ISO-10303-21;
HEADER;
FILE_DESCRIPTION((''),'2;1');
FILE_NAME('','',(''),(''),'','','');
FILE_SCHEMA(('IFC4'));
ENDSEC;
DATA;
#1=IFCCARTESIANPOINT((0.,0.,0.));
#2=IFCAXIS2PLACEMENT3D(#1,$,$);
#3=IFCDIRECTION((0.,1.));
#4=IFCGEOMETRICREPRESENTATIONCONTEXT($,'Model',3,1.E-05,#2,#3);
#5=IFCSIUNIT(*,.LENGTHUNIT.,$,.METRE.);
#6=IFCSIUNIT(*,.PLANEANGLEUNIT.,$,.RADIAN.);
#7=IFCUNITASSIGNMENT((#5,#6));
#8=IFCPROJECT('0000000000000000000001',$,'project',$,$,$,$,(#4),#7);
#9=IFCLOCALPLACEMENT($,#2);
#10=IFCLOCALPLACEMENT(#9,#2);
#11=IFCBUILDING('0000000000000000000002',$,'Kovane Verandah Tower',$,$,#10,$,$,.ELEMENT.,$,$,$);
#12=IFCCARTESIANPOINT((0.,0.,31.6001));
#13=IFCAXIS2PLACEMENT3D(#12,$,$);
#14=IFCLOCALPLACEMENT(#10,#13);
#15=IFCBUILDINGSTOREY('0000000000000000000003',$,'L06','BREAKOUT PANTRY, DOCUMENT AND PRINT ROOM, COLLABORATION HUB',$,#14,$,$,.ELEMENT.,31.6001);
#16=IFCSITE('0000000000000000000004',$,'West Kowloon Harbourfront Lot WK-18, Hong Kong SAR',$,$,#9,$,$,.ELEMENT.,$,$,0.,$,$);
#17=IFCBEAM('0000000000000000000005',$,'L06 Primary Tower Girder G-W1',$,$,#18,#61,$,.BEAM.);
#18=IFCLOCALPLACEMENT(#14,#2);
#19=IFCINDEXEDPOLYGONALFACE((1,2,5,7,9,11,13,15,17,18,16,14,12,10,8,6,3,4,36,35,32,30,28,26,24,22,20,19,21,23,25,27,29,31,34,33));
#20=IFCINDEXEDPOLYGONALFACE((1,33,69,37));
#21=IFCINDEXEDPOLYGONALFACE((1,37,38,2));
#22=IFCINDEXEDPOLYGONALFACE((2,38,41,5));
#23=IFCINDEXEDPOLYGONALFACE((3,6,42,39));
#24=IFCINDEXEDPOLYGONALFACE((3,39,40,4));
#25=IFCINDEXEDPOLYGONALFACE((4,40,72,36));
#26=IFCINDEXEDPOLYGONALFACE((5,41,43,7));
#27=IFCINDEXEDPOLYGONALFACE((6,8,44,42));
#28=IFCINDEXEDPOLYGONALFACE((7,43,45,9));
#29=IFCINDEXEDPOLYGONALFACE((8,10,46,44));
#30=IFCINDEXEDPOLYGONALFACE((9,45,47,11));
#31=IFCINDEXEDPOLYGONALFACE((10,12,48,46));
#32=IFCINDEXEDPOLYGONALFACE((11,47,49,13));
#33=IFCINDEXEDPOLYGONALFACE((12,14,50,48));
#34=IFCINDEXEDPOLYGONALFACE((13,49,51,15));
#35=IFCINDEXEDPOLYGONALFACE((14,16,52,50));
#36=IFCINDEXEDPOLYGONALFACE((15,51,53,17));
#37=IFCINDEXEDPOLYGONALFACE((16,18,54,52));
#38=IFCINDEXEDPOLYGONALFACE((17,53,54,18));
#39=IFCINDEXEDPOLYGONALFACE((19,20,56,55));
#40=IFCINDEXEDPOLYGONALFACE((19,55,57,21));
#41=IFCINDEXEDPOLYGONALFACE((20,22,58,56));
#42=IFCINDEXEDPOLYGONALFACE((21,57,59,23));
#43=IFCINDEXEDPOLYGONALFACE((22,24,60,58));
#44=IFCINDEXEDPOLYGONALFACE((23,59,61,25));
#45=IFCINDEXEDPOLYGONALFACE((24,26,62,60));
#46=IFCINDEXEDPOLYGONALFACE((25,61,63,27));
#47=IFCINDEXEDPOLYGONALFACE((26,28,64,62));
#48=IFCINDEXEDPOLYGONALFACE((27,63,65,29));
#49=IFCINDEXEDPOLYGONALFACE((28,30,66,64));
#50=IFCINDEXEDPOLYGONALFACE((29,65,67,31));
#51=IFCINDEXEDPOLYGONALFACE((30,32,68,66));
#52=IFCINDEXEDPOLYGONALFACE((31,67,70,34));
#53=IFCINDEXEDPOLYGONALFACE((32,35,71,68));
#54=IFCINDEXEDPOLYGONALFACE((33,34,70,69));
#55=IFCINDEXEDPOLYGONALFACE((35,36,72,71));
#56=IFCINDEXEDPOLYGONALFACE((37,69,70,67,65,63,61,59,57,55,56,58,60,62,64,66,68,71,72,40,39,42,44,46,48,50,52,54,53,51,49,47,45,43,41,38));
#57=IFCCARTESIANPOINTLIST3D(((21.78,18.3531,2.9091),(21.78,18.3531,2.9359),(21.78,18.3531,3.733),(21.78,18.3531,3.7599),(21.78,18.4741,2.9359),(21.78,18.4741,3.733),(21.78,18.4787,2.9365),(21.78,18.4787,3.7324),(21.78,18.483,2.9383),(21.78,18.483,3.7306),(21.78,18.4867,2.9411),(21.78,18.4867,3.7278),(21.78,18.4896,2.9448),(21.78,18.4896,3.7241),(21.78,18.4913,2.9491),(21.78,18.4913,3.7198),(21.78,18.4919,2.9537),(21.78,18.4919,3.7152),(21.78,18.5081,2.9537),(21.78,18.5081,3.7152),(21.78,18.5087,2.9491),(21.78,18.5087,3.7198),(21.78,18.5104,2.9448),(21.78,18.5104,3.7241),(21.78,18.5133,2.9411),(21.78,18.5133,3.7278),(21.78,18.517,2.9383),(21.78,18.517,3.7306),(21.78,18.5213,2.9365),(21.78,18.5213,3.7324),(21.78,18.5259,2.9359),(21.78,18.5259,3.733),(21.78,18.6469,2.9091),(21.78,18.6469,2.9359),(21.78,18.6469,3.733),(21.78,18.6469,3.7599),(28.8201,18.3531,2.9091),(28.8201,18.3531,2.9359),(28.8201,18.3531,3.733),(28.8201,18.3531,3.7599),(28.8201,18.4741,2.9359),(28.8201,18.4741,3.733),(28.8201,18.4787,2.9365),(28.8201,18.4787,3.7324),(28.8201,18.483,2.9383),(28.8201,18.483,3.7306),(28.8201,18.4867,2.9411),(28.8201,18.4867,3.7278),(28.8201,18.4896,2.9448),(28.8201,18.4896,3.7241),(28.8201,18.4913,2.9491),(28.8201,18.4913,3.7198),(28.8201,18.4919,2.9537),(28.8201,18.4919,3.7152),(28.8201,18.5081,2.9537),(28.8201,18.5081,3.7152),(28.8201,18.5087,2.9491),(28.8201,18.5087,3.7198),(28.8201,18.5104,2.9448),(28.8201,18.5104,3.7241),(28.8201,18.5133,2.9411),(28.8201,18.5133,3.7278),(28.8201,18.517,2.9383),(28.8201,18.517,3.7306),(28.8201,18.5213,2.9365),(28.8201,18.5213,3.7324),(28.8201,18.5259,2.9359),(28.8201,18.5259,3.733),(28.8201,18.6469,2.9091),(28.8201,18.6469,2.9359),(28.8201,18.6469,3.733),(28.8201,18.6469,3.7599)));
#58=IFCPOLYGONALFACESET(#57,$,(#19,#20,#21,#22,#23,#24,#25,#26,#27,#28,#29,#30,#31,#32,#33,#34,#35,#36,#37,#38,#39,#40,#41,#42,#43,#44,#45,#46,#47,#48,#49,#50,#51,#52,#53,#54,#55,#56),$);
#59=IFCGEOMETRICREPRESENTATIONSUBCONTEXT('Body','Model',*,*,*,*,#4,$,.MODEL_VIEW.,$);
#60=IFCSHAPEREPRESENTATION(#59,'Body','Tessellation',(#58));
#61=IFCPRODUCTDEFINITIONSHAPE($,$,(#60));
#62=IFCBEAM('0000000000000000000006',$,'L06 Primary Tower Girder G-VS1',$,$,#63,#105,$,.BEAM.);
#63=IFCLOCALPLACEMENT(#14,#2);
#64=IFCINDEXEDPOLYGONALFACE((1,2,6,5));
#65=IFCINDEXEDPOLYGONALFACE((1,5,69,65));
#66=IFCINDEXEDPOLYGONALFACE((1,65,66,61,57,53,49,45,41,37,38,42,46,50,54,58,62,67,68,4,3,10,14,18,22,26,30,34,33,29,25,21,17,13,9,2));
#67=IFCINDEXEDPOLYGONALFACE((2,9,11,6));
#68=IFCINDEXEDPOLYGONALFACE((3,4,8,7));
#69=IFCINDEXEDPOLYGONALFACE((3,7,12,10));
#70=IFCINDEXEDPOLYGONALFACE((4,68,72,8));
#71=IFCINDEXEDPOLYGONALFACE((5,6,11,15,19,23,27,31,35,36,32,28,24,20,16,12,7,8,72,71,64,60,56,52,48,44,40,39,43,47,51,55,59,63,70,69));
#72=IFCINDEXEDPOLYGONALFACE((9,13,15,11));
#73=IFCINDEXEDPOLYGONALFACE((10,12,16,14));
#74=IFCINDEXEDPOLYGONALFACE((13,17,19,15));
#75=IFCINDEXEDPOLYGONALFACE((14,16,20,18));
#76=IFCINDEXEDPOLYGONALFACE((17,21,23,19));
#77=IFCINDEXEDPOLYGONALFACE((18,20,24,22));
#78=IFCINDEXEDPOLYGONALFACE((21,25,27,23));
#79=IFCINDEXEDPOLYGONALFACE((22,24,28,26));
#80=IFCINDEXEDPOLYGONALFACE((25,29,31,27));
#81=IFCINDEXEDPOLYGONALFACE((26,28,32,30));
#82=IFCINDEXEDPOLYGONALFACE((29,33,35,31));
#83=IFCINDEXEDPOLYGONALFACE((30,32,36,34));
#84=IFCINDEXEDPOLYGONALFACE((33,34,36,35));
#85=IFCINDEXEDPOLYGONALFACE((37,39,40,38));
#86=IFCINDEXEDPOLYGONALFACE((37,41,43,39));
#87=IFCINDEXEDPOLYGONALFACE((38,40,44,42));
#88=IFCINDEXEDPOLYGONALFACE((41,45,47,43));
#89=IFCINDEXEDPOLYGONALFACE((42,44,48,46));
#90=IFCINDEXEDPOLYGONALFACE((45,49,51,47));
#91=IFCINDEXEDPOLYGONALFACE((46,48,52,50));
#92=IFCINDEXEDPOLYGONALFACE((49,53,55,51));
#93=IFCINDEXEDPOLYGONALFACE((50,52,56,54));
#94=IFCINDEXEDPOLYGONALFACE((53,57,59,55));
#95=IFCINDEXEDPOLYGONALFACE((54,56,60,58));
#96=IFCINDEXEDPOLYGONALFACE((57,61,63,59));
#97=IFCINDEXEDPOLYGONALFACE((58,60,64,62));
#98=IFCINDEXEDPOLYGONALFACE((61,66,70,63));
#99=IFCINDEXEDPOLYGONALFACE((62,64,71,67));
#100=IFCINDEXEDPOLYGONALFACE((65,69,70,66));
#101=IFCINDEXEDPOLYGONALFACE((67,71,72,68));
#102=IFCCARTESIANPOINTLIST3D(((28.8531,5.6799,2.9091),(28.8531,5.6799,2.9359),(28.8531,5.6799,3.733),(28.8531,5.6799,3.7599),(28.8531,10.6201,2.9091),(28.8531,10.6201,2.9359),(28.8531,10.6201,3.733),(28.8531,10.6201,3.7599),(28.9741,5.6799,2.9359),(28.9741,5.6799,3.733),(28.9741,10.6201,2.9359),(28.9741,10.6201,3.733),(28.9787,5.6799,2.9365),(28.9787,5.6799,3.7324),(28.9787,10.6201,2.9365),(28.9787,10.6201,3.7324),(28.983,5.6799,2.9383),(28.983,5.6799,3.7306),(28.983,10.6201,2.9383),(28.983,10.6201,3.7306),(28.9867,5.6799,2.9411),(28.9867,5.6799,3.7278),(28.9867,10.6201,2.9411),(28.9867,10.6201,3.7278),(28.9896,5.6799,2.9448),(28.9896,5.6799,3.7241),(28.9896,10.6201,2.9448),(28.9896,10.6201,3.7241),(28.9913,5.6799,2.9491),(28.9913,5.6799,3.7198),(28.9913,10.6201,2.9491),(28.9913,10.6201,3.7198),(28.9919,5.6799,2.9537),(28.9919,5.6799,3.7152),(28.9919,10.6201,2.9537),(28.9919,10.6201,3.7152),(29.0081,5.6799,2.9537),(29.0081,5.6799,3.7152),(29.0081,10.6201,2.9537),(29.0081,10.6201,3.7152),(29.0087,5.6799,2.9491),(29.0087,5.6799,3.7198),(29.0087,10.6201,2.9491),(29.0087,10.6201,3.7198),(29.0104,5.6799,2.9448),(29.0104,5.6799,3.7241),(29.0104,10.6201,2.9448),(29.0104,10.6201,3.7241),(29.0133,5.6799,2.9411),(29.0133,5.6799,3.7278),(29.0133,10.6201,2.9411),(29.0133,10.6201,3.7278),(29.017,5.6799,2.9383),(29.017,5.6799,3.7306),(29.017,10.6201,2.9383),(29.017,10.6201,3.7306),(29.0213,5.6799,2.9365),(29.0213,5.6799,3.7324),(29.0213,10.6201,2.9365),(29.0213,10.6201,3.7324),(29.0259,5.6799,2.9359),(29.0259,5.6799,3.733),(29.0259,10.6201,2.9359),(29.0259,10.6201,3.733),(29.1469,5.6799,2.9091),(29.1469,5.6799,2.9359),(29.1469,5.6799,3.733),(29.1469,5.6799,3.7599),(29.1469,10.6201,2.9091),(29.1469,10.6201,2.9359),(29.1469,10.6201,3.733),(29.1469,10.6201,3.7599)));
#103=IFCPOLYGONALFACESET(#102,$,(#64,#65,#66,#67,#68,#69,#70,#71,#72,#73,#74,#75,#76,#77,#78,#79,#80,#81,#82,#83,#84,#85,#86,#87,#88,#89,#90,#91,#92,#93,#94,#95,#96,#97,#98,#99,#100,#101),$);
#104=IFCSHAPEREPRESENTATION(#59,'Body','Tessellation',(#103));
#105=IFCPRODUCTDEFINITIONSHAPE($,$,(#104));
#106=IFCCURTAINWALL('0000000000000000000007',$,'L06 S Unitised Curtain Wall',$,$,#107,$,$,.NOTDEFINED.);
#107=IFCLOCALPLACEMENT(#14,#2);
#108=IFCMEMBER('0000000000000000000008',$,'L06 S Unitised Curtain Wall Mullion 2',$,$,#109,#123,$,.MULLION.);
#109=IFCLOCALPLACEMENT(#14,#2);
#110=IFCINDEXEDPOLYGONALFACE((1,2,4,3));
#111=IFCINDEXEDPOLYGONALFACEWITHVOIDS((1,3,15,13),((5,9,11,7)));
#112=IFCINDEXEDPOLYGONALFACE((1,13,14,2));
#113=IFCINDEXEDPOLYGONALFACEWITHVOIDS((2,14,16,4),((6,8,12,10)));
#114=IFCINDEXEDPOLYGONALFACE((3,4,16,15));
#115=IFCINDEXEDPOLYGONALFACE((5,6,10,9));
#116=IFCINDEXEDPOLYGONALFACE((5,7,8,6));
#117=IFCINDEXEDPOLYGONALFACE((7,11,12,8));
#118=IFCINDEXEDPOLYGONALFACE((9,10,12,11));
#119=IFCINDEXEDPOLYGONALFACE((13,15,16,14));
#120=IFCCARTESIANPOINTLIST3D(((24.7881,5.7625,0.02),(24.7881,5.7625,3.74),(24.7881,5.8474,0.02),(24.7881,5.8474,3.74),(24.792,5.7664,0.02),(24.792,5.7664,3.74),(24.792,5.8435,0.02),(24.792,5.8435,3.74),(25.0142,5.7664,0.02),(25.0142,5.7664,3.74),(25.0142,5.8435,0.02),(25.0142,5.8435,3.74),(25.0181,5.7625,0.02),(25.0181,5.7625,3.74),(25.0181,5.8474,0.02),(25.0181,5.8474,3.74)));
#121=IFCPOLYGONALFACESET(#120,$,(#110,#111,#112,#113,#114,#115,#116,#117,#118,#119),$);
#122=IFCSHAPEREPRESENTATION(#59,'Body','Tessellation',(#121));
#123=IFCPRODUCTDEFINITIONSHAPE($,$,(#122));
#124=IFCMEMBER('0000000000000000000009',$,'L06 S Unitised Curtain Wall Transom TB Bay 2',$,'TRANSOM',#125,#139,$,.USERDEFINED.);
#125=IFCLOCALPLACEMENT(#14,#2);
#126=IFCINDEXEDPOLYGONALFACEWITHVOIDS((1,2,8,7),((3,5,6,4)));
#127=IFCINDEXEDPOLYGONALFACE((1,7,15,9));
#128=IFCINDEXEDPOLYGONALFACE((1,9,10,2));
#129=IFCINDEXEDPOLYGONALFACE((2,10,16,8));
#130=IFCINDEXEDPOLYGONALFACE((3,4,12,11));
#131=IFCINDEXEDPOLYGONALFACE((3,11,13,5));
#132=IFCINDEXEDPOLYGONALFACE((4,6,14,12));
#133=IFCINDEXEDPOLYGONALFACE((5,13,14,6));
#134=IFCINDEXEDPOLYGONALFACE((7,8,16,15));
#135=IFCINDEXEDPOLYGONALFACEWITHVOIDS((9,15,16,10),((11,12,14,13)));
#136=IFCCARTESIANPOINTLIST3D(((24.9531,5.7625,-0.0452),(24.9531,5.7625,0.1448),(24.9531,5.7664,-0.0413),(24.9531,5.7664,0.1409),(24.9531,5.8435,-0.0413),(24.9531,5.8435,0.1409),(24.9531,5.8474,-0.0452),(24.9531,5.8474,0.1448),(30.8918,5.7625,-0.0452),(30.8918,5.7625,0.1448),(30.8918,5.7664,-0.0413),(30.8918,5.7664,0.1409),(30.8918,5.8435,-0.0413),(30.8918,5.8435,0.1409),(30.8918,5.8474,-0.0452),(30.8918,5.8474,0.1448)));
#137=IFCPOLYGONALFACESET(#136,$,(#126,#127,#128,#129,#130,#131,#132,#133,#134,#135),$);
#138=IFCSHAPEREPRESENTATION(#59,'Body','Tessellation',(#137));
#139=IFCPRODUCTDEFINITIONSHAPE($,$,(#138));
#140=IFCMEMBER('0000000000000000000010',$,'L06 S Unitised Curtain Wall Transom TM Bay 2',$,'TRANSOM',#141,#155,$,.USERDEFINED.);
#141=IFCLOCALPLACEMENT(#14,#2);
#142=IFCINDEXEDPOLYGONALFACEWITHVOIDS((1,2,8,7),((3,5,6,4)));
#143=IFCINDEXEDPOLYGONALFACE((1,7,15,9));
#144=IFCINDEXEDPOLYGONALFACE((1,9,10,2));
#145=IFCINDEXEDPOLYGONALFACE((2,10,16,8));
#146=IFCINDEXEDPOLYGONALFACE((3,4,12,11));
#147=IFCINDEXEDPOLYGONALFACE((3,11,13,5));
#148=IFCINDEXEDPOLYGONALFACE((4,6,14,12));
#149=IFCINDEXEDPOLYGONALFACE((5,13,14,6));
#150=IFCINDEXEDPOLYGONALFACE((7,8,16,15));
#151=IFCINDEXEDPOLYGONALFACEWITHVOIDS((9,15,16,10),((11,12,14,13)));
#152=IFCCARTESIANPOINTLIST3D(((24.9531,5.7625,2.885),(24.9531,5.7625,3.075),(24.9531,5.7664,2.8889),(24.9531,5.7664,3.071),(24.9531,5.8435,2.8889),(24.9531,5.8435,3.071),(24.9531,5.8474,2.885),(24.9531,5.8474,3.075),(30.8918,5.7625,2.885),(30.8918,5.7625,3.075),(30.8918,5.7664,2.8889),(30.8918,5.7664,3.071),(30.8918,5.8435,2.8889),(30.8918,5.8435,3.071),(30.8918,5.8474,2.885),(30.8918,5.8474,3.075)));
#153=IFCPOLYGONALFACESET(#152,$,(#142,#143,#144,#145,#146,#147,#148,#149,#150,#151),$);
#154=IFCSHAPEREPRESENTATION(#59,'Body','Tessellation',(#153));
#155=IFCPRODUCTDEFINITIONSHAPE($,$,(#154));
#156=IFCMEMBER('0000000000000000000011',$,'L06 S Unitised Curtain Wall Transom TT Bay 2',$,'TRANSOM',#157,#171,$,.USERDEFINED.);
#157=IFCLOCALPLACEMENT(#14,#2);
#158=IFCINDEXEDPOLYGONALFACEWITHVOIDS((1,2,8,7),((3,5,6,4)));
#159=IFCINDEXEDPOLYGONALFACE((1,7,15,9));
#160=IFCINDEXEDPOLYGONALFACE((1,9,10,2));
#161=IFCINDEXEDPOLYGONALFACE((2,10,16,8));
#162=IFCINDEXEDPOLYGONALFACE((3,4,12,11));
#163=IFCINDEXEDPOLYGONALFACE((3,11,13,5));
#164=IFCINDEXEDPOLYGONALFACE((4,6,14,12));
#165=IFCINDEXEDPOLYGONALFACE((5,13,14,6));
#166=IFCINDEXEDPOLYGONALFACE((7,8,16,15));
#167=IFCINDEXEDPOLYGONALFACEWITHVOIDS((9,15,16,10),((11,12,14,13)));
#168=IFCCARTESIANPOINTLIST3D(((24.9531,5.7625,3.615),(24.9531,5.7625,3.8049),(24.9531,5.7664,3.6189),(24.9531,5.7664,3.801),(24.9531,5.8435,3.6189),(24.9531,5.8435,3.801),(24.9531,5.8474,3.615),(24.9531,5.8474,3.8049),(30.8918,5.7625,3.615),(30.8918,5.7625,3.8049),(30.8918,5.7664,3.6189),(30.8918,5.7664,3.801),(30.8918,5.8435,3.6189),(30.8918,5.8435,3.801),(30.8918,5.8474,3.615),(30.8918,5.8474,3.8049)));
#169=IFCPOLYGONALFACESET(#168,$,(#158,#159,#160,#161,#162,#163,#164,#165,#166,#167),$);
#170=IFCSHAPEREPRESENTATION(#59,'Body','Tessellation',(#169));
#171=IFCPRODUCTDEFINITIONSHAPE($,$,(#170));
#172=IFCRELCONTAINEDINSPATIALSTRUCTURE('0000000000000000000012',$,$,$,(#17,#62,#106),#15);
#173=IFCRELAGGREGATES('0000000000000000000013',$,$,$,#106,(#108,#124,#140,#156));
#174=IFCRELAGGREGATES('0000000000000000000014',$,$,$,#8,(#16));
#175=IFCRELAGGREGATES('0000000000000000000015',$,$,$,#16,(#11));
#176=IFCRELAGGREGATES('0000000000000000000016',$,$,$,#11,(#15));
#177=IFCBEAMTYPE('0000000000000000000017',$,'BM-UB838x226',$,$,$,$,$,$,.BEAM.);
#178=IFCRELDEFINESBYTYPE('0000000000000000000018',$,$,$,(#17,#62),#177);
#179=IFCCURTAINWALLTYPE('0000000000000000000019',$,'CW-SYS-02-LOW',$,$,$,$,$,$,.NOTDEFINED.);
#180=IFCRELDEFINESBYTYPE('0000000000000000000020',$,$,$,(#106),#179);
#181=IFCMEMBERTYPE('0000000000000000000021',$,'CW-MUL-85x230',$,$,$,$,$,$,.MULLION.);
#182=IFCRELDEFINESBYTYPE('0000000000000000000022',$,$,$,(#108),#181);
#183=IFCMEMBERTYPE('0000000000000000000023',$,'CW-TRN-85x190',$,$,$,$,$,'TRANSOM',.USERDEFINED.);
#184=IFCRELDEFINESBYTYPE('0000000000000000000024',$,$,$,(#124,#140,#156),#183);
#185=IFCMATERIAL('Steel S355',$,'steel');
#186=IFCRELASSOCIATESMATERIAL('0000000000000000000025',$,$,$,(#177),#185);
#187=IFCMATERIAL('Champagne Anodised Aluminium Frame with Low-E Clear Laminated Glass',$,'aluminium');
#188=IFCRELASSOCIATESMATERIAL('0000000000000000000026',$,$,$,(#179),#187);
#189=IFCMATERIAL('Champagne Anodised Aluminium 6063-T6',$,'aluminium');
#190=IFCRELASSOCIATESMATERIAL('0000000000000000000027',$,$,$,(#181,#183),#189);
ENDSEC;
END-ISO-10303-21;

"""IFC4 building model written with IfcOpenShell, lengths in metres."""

from ifc_helpers import new_model, si_unit, direction, frame, origin, origin_2d, place, context, subcontext, project, spatial, hollow_rectangle, i_section, extrude, material, material_profile, profile_set, type_object, element, aggregate, save


model = new_model("IFC4")

# Units and contexts
model_context = context("Model", 3, precision=1e-05, world=origin(), true_north=direction((0.0, 1.0)))
body_context = subcontext(model_context, "Body", "Model", "MODEL_VIEW")
ifc_project = project(units=[si_unit("LENGTHUNIT", "METRE"), si_unit("PLANEANGLEUNIT", "RADIAN")], contexts=[model_context])

# Site, building, storey
site_placement = place(None, origin())
site = spatial("IfcSite", under=ifc_project, at=site_placement, Name="West Kowloon Harbourfront Lot WK-18, Hong Kong SAR", CompositionType="ELEMENT", RefElevation=0.0)
building_placement = place(site_placement, origin())
building = spatial("IfcBuilding", under=site, at=building_placement, Name="Kovane Verandah Tower", CompositionType="ELEMENT")
storey_placement = place(building_placement, frame((0.0, 0.0, 31.6001)))
storey = spatial("IfcBuildingStorey", under=building, at=storey_placement, Name="L06", Description="BREAKOUT PANTRY, DOCUMENT AND PRINT ROOM, COLLABORATION HUB", CompositionType="ELEMENT", Elevation=31.6001)

# Beams
ifc_material_1 = material(Name="Steel S355", Category="steel")
ifc_material_profile_1 = material_profile(ifc_material_1, i_section(OverallWidth=0.2937, OverallDepth=0.8508, WebThickness=0.0161, FlangeThickness=0.0269, FilletRadius=0.0178, at=origin_2d()), Name="UB838x292x226")
ifc_profile_set_1 = profile_set([ifc_material_profile_1], Name="Steel S355")
beam_type_1 = type_object("IfcBeamType", Name="BM-UB838x226", PredefinedType="BEAM", material=ifc_profile_set_1)
beam_1_placement = place(storey_placement, frame((28.8201, 18.5, 3.3345), z_axis=(-1.0, 0.0, 0.0), x_axis=(0.0, -1.0, 0.0)))
element("IfcBeam", 1, at=beam_1_placement, inside=storey, type_object=beam_type_1, Name="L06 Primary Tower Girder G-W1", PredefinedType="BEAM", context=body_context, shape_type="SweptSolid", body=[
    extrude(i_section(OverallWidth=0.2937, OverallDepth=0.8508, WebThickness=0.0161, FlangeThickness=0.0269, FilletRadius=0.0178, at=origin_2d()), origin(), (0.0, 0.0, 1.0), 7.04),
])
beam_2_placement = place(storey_placement, frame((29.0, 10.6201, 3.3345), z_axis=(0.0, -1.0, 0.0), x_axis=(1.0, 0.0, 0.0)))
element("IfcBeam", 2, at=beam_2_placement, inside=storey, type_object=beam_type_1, Name="L06 Primary Tower Girder G-VS1", PredefinedType="BEAM", context=body_context, shape_type="SweptSolid", body=[
    extrude(i_section(OverallWidth=0.2937, OverallDepth=0.8508, WebThickness=0.0161, FlangeThickness=0.0269, FilletRadius=0.0178, at=origin_2d()), origin(), (0.0, 0.0, 1.0), 4.9402),
])

# Curtain wall, members
ifc_material_2 = material(Name="Champagne Anodised Aluminium Frame with Low-E Clear Laminated Glass", Category="aluminium")
curtain_wall_type = type_object("IfcCurtainWallType", Name="CW-SYS-02-LOW", PredefinedType="NOTDEFINED", material=ifc_material_2)
curtain_wall_placement = place(storey_placement, origin())
curtain_wall = element("IfcCurtainWall", 3, at=curtain_wall_placement, inside=storey, type_object=curtain_wall_type, Name="L06 S Unitised Curtain Wall", PredefinedType="NOTDEFINED")
ifc_material_3 = material(Name="Champagne Anodised Aluminium 6063-T6", Category="aluminium")
ifc_material_profile_2 = material_profile(ifc_material_3, hollow_rectangle(XDim=0.085, YDim=0.23, WallThickness=0.0039, at=origin_2d()), Name="AL85x230x4")
ifc_profile_set_2 = profile_set([ifc_material_profile_2], Name="Champagne Anodised Aluminium 6063-T6")
member_type_1 = type_object("IfcMemberType", Name="CW-MUL-85x230", PredefinedType="MULLION", material=ifc_profile_set_2)
member_1_placement = place(storey_placement, frame((24.9031, 5.8049, 0.02), z_axis=(0.0, 0.0, 1.0), x_axis=(0.0, -1.0, 0.0)))
member_1 = element("IfcMember", 4, at=member_1_placement, type_object=member_type_1, Name="L06 S Unitised Curtain Wall Mullion 2", PredefinedType="MULLION", context=body_context, shape_type="SweptSolid", body=[
    extrude(hollow_rectangle(XDim=0.085, YDim=0.23, WallThickness=0.0039, at=origin_2d()), origin(), (0.0, 0.0, 1.0), 3.72),
])
ifc_material_profile_3 = material_profile(ifc_material_3, hollow_rectangle(XDim=0.085, YDim=0.1899, WallThickness=0.0039, at=origin_2d()), Name="AL85x190x4")
ifc_profile_set_3 = profile_set([ifc_material_profile_3], Name="Champagne Anodised Aluminium 6063-T6")
member_type_2 = type_object("IfcMemberType", Name="CW-TRN-85x190", ElementType="TRANSOM", PredefinedType="USERDEFINED", material=ifc_profile_set_3)
member_2_placement = place(storey_placement, frame((24.9531, 5.8049, 0.0498), z_axis=(1.0, 0.0, 0.0), x_axis=(0.0, 1.0, 0.0)))
member_2 = element("IfcMember", 5, at=member_2_placement, type_object=member_type_2, Name="L06 S Unitised Curtain Wall Transom TB Bay 2", ObjectType="TRANSOM", PredefinedType="USERDEFINED", context=body_context, shape_type="SweptSolid", body=[
    extrude(hollow_rectangle(XDim=0.085, YDim=0.1899, WallThickness=0.0039, at=origin_2d()), origin(), (0.0, 0.0, 1.0), 5.9387),
])
member_3_placement = place(storey_placement, frame((24.9531, 5.8049, 2.98), z_axis=(1.0, 0.0, 0.0), x_axis=(0.0, 1.0, 0.0)))
member_3 = element("IfcMember", 6, at=member_3_placement, type_object=member_type_2, Name="L06 S Unitised Curtain Wall Transom TM Bay 2", ObjectType="TRANSOM", PredefinedType="USERDEFINED", context=body_context, shape_type="SweptSolid", body=[
    extrude(hollow_rectangle(XDim=0.085, YDim=0.1899, WallThickness=0.0039, at=origin_2d()), origin(), (0.0, 0.0, 1.0), 5.9387),
])
member_4_placement = place(storey_placement, frame((24.9531, 5.8049, 3.71), z_axis=(1.0, 0.0, 0.0), x_axis=(0.0, 1.0, 0.0)))
member_4 = element("IfcMember", 7, at=member_4_placement, type_object=member_type_2, Name="L06 S Unitised Curtain Wall Transom TT Bay 2", ObjectType="TRANSOM", PredefinedType="USERDEFINED", context=body_context, shape_type="SweptSolid", body=[
    extrude(hollow_rectangle(XDim=0.085, YDim=0.1899, WallThickness=0.0039, at=origin_2d()), origin(), (0.0, 0.0, 1.0), 5.9387),
])

aggregate(curtain_wall, [member_1, member_2, member_3, member_4])

save(model, "model.ifc")
